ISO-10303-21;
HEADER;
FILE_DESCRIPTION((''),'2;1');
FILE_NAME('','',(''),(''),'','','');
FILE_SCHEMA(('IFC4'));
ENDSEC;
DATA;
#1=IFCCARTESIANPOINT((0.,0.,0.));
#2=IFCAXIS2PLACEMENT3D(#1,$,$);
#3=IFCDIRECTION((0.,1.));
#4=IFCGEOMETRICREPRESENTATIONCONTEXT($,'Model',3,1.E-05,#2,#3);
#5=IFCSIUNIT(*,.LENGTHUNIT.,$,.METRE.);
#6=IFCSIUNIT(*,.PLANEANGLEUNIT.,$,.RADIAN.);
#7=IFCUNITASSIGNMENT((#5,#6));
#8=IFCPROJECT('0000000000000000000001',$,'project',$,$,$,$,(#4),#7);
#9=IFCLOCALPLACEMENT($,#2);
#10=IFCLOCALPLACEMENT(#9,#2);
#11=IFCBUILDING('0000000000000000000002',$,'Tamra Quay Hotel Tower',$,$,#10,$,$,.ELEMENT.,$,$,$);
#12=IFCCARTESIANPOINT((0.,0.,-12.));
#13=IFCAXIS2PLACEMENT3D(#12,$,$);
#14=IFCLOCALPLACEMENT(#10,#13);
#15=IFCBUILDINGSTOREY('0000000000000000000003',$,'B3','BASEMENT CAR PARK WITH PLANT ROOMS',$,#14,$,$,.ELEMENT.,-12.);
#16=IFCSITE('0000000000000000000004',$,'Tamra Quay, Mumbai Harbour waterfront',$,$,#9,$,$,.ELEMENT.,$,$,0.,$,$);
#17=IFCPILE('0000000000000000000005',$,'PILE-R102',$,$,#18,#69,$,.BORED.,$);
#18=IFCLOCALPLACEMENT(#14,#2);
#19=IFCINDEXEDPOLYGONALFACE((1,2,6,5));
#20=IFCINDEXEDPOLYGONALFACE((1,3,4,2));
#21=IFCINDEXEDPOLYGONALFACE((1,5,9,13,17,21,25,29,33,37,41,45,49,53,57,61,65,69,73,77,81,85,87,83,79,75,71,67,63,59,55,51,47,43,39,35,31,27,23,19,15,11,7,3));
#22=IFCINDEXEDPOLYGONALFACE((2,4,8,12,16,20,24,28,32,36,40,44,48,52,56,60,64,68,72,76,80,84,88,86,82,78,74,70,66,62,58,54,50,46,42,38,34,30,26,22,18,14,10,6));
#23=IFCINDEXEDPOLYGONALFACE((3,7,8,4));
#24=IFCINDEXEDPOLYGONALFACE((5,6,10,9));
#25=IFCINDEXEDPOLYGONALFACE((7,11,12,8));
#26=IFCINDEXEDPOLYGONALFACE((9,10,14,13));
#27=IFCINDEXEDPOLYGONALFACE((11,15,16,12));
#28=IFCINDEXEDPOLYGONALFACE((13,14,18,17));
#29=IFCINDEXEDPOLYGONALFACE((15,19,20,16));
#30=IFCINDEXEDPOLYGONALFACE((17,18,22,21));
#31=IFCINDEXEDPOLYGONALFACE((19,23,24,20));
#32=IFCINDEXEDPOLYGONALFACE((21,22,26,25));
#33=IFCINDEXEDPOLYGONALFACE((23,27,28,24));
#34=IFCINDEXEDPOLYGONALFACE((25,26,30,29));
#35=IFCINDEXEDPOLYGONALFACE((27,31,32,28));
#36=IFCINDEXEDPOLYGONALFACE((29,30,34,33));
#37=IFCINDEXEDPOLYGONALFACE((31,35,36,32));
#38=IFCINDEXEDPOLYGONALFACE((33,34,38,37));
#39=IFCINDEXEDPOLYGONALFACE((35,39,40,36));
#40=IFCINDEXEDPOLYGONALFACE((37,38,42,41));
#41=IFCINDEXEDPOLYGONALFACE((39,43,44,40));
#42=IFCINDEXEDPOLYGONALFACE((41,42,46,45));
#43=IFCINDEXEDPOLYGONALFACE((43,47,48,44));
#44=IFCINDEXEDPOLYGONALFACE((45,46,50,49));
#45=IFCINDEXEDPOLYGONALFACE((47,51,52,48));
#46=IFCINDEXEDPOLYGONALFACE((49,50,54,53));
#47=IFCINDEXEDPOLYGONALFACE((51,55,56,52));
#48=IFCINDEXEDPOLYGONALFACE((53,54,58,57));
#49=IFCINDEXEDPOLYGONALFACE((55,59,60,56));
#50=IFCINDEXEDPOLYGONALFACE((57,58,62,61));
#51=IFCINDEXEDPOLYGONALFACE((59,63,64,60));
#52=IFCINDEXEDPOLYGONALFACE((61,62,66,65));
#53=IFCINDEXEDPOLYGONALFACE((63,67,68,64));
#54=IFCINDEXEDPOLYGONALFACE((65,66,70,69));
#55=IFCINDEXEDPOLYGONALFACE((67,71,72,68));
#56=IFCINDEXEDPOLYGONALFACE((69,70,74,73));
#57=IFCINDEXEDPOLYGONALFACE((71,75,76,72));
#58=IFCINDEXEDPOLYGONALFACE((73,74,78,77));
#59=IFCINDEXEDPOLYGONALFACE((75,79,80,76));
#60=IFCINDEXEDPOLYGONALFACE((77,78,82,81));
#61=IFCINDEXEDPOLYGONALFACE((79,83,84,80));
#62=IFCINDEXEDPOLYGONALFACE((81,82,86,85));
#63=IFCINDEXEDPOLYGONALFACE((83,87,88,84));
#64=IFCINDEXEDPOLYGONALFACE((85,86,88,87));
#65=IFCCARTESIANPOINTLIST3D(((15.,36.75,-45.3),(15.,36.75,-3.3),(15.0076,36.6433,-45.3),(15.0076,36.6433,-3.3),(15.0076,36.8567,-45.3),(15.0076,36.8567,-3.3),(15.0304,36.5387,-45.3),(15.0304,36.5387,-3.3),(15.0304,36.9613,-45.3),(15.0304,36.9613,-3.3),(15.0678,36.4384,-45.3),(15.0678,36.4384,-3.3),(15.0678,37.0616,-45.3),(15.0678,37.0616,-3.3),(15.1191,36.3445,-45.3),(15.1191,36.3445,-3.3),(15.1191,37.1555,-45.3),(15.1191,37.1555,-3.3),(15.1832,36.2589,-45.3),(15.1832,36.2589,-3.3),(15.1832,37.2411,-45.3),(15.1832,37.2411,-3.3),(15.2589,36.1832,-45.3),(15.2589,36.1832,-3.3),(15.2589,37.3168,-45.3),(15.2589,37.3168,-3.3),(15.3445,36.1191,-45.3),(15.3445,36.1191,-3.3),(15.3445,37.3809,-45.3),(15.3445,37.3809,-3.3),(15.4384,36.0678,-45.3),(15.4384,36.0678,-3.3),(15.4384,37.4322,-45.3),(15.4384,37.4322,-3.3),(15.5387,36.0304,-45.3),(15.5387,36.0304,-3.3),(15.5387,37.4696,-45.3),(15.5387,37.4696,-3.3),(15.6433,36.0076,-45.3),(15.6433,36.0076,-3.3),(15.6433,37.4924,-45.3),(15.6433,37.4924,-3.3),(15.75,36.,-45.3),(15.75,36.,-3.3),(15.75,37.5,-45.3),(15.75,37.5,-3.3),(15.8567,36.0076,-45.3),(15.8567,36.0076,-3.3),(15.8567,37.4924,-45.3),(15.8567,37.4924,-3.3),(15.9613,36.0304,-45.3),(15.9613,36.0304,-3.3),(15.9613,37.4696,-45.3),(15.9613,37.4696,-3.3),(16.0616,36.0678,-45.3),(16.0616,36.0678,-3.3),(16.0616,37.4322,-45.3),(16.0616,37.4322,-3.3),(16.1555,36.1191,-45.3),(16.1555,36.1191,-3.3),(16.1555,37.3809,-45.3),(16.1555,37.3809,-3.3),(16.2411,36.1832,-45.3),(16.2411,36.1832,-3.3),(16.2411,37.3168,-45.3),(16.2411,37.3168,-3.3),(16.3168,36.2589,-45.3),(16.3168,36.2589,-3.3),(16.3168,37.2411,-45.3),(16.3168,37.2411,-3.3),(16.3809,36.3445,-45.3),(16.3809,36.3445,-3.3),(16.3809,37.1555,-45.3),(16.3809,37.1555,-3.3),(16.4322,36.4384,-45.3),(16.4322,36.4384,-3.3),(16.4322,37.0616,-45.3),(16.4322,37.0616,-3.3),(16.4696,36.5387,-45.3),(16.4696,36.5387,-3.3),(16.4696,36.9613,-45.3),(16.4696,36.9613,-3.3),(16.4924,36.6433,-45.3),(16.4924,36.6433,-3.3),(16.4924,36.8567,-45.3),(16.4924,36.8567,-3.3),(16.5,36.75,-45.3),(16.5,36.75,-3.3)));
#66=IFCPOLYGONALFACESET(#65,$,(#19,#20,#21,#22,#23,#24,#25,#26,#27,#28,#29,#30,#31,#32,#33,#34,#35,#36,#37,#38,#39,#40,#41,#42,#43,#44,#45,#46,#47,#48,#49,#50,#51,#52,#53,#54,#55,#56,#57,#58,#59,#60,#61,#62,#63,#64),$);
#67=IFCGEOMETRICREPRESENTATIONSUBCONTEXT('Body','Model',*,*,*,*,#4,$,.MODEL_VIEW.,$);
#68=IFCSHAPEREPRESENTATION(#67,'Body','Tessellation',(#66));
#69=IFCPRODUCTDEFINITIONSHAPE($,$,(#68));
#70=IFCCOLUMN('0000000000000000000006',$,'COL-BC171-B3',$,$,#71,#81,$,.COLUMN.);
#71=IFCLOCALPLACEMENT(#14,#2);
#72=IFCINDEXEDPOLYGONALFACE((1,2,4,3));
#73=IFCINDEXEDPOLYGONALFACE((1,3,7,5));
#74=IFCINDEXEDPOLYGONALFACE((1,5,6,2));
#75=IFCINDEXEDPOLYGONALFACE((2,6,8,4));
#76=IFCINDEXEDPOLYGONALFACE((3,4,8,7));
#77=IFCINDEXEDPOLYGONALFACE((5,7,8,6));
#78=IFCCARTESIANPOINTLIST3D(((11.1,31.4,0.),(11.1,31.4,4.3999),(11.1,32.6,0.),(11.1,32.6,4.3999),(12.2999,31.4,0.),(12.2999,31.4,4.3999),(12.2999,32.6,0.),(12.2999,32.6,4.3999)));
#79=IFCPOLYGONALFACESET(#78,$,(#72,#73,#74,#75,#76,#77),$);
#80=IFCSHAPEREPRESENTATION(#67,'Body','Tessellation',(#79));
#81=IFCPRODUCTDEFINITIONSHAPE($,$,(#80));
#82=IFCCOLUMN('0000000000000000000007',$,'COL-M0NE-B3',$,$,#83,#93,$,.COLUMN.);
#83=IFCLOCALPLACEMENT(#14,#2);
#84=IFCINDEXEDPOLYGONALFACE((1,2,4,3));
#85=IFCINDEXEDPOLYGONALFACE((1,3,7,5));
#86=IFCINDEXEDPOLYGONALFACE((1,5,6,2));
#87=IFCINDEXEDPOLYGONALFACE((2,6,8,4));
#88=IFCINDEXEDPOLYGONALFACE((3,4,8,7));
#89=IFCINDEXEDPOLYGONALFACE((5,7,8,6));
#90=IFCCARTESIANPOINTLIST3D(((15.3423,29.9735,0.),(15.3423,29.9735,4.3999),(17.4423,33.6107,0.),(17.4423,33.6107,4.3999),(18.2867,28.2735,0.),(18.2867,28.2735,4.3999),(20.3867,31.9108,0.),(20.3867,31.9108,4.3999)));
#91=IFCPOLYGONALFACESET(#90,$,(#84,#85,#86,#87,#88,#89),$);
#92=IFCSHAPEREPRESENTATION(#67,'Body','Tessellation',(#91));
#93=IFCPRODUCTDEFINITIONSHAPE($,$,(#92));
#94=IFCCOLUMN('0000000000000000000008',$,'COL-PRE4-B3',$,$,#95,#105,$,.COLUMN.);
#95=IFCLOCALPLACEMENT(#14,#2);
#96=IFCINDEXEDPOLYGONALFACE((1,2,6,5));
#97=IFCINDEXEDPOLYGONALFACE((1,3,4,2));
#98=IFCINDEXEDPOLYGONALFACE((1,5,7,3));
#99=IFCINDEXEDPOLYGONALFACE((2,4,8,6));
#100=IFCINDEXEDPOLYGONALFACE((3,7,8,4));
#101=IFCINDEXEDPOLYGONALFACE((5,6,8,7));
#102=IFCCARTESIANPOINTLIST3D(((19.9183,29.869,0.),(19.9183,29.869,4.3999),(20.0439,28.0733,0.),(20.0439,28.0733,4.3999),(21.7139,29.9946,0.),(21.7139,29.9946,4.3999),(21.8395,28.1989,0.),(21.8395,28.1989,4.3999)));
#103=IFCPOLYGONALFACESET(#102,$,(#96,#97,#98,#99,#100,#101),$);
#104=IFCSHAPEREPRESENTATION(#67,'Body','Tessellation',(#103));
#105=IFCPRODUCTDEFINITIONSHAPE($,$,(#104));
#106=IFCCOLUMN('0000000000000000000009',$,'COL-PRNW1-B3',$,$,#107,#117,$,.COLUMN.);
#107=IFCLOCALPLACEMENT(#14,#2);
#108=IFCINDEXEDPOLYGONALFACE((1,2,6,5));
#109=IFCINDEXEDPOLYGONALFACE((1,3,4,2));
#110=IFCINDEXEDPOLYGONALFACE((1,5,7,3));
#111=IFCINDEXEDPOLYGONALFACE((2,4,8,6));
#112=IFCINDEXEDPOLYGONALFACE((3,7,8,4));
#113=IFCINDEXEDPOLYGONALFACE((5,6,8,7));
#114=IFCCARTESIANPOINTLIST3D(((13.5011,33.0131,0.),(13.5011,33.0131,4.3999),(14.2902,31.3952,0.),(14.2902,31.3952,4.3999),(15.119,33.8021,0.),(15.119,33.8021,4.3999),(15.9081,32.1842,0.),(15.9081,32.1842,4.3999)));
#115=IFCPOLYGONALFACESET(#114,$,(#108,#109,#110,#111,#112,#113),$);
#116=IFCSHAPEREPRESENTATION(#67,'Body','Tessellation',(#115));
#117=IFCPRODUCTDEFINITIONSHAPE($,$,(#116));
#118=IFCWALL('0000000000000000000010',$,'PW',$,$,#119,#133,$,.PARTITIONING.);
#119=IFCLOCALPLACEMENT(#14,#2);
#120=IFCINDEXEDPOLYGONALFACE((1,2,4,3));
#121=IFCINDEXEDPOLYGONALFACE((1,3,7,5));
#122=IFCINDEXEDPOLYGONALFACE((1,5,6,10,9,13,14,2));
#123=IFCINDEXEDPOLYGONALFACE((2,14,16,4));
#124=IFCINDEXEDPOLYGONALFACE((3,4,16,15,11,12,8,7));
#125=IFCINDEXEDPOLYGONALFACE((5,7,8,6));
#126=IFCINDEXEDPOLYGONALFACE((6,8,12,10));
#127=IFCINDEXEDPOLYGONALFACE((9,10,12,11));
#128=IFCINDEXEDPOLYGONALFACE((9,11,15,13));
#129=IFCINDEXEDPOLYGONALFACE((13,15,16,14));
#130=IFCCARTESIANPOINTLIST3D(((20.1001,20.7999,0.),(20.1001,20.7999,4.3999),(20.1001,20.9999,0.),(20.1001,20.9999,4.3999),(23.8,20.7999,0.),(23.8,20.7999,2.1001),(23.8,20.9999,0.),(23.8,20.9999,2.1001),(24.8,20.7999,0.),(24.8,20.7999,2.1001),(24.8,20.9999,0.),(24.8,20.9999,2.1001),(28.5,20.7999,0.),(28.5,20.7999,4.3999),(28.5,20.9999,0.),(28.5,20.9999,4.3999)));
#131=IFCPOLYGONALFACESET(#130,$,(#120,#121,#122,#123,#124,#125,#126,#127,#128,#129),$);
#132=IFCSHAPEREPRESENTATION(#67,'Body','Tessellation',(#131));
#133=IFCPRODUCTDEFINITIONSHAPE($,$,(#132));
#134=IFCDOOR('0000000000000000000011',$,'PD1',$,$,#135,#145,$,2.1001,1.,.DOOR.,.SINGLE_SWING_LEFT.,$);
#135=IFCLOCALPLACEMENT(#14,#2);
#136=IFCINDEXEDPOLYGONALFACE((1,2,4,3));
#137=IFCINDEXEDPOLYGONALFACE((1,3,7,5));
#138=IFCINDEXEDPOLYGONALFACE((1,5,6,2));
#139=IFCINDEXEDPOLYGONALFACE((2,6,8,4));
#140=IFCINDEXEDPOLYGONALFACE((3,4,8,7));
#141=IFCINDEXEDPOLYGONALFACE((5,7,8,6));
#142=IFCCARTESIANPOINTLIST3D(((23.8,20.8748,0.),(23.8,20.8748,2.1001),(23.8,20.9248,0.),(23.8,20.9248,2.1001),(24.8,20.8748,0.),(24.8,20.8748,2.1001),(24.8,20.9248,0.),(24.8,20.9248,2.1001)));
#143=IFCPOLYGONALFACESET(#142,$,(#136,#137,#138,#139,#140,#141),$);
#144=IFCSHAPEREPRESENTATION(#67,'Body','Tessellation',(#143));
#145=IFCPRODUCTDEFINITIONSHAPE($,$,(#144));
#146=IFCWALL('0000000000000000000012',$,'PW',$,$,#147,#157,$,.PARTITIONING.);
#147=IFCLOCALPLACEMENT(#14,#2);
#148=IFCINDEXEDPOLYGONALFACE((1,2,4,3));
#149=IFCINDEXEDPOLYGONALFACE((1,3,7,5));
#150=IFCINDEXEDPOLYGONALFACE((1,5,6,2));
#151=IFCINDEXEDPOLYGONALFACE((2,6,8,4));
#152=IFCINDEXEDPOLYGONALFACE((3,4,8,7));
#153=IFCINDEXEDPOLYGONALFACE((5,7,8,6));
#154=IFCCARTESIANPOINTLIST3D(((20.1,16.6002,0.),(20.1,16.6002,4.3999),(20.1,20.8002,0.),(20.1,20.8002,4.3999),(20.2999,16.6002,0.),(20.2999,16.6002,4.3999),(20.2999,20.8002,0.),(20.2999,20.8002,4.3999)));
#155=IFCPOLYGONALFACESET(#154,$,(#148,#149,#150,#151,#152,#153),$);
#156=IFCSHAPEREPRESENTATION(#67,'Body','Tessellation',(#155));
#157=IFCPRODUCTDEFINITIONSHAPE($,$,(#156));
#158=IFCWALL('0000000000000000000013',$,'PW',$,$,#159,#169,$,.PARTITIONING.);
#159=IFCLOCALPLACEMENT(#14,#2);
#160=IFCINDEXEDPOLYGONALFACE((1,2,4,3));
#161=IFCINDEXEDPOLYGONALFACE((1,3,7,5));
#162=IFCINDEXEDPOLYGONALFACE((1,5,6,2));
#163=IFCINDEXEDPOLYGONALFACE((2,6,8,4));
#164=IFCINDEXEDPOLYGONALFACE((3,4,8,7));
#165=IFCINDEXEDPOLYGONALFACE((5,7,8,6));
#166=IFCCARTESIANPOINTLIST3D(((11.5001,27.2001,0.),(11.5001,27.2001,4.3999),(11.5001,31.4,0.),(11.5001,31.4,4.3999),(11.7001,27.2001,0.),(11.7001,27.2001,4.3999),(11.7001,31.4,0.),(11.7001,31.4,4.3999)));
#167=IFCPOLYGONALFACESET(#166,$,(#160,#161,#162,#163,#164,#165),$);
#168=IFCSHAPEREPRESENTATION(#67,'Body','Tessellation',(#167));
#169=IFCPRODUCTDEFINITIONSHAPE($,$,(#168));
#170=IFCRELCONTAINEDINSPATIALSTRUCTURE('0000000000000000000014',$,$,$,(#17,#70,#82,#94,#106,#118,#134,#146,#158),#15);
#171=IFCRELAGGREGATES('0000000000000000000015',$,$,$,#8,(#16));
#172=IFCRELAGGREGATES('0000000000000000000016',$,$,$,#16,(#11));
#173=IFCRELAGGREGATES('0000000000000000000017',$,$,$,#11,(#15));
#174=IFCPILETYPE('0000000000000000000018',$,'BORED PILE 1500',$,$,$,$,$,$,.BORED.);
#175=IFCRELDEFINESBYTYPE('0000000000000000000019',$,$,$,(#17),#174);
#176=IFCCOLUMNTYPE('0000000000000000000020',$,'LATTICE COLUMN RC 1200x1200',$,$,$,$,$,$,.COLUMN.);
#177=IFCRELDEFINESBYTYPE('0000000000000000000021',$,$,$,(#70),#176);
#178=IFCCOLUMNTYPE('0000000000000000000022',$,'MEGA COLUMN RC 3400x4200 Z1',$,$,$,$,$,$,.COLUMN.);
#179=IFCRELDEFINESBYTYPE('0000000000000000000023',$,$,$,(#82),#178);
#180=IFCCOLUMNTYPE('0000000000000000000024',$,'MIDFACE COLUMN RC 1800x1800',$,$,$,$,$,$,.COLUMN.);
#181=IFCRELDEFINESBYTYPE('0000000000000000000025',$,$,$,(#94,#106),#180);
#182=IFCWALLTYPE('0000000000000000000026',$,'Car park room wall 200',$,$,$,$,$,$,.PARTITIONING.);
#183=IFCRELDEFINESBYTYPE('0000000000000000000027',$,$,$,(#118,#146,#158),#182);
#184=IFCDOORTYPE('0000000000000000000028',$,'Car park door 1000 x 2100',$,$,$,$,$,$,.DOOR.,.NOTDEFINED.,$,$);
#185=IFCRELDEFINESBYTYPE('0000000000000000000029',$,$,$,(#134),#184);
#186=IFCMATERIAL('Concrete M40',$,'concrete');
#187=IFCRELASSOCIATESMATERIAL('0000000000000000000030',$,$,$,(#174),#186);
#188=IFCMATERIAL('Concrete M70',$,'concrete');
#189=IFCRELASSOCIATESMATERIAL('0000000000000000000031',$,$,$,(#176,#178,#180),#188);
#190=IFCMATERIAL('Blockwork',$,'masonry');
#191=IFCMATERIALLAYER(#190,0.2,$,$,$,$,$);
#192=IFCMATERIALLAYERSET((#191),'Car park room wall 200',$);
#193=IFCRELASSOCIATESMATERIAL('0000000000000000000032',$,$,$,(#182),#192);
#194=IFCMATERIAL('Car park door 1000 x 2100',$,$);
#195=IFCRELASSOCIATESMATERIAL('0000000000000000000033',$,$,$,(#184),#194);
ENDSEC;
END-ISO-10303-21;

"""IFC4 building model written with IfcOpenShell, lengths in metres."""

from ifc_helpers import new_model, si_unit, direction, frame, frame_2d, origin, origin_2d, place, context, subcontext, project, spatial, rectangle, circle, extrude, material, layer, layer_set, material_profile, profile_set, type_object, element, fill, save


model = new_model("IFC4")

# Units and contexts
model_context = context("Model", 3, precision=1e-05, world=origin(), true_north=direction((0.0, 1.0)))
body_context = subcontext(model_context, "Body", "Model", "MODEL_VIEW")
ifc_project = project(units=[si_unit("LENGTHUNIT", "METRE"), si_unit("PLANEANGLEUNIT", "RADIAN")], contexts=[model_context])

# Site, building, storey
site_placement = place(None, origin())
site = spatial("IfcSite", under=ifc_project, at=site_placement, Name="Tamra Quay, Mumbai Harbour waterfront", CompositionType="ELEMENT", RefElevation=0.0)
building_placement = place(site_placement, origin())
building = spatial("IfcBuilding", under=site, at=building_placement, Name="Tamra Quay Hotel Tower", CompositionType="ELEMENT")
storey_placement = place(building_placement, frame((0.0, 0.0, -12.0)))
storey = spatial("IfcBuildingStorey", under=building, at=storey_placement, Name="B3", Description="BASEMENT CAR PARK WITH PLANT ROOMS", CompositionType="ELEMENT", Elevation=-12.0)

# Pile
ifc_material_1 = material(Name="Concrete M40", Category="concrete")
ifc_material_profile_1 = material_profile(ifc_material_1, circle(Radius=0.75, at=origin_2d()), Name="BORED PILE 1500")
ifc_profile_set_1 = profile_set([ifc_material_profile_1], Name="Concrete M40")
pile_type = type_object("IfcPileType", Name="BORED PILE 1500", PredefinedType="BORED", material=ifc_profile_set_1)
for number, where, z_axis, x_axis, name in (
    (1, (15.75, 36.75, -3.3), (0.0, 0.0, -1.0), (1.0, 0.0, 0.0), "PILE-R102"),
):
    element("IfcPile", number, at=place(storey_placement, frame(where, z_axis=z_axis, x_axis=x_axis)), inside=storey, type_object=pile_type, Name=name, PredefinedType="BORED", context=body_context, shape_type="SweptSolid", body=[
        extrude(circle(Radius=0.75, at=origin_2d()), origin(), (0.0, 0.0, 1.0), 42.0),
    ])

# Columns
ifc_material_2 = material(Name="Concrete M70", Category="concrete")
ifc_material_profile_2 = material_profile(ifc_material_2, rectangle(XDim=1.2, YDim=1.2, at=origin_2d()), Name="LATTICE COLUMN RC 1200x1200")
ifc_profile_set_2 = profile_set([ifc_material_profile_2], Name="Concrete M70")
column_type_1 = type_object("IfcColumnType", Name="LATTICE COLUMN RC 1200x1200", PredefinedType="COLUMN", material=ifc_profile_set_2)
column_1_placement = place(storey_placement, frame((11.7, 32.0, 0.0), z_axis=(0.0, 0.0, 1.0), x_axis=(1.0, 0.0, 0.0)))
element("IfcColumn", 2, at=column_1_placement, inside=storey, type_object=column_type_1, Name="COL-BC171-B3", PredefinedType="COLUMN", context=body_context, shape_type="SweptSolid", body=[
    extrude(rectangle(XDim=1.2, YDim=1.2, at=origin_2d()), origin(), (0.0, 0.0, 1.0), 4.3999),
])
ifc_material_profile_3 = material_profile(ifc_material_2, rectangle(XDim=4.2, YDim=3.3999, at=origin_2d()), Name="MEGA COLUMN RC 3400x4200 Z1")
ifc_profile_set_3 = profile_set([ifc_material_profile_3], Name="Concrete M70")
column_type_2 = type_object("IfcColumnType", Name="MEGA COLUMN RC 3400x4200 Z1", PredefinedType="COLUMN", material=ifc_profile_set_3)
column_2_placement = place(storey_placement, frame((17.8645, 30.9421, 0.0), z_axis=(0.0, 0.0, 1.0), x_axis=(0.5, 0.866025, 0.0)))
element("IfcColumn", 3, at=column_2_placement, inside=storey, type_object=column_type_2, Name="COL-M0NE-B3", PredefinedType="COLUMN", context=body_context, shape_type="SweptSolid", body=[
    extrude(rectangle(XDim=4.2, YDim=3.3999, at=origin_2d()), origin(), (0.0, 0.0, 1.0), 4.3999),
])
ifc_material_profile_4 = material_profile(ifc_material_2, rectangle(XDim=1.8, YDim=1.8, at=origin_2d()), Name="MIDFACE COLUMN RC 1800x1800")
ifc_profile_set_4 = profile_set([ifc_material_profile_4], Name="Concrete M70")
column_type_3 = type_object("IfcColumnType", Name="MIDFACE COLUMN RC 1800x1800", PredefinedType="COLUMN", material=ifc_profile_set_4)
for number, where, z_axis, x_axis, name in (
    (4, (20.8789, 29.0339, 0.0), (0.0, 0.0, 1.0), (0.997562, 0.06979, 0.0), "COL-PRE4-B3"),
    (5, (14.7046, 32.5986, 0.0), (0.0, 0.0, 1.0), (-0.438341, 0.898809, 0.0), "COL-PRNW1-B3"),
):
    element("IfcColumn", number, at=place(storey_placement, frame(where, z_axis=z_axis, x_axis=x_axis)), inside=storey, type_object=column_type_3, Name=name, PredefinedType="COLUMN", context=body_context, shape_type="SweptSolid", body=[
        extrude(rectangle(XDim=1.8, YDim=1.8, at=origin_2d()), origin(), (0.0, 0.0, 1.0), 4.3999),
    ])

# Wall, opening, door
ifc_material_3 = material(Name="Blockwork", Category="masonry")
ifc_layer_1 = layer(ifc_material_3, 0.2)
ifc_layer_set_1 = layer_set([ifc_layer_1], Name="Car park room wall 200")
wall_type_1 = type_object("IfcWallType", Name="Car park room wall 200", PredefinedType="PARTITIONING", material=ifc_layer_set_1)
wall_1_placement = place(storey_placement, frame((20.1001, 20.8999, 0.0), z_axis=(0.0, 0.0, 1.0), x_axis=(1.0, 0.0, 0.0)))
wall_1 = element("IfcWall", 6, at=wall_1_placement, inside=storey, type_object=wall_type_1, Name="PW", PredefinedType="PARTITIONING", context=body_context, shape_type="SweptSolid", body=[
    extrude(rectangle(XDim=8.3999, YDim=0.2, at=frame_2d((4.2, 0.0))), origin(), (0.0, 0.0, 1.0), 4.3999),
])
opening_1_placement = place(wall_1_placement, frame((3.7, 0.0, 0.0)))
opening_1 = element("IfcOpeningElement", 7, at=opening_1_placement, cuts=wall_1, PredefinedType="OPENING", context=body_context, shape_type="SweptSolid", body=[
    extrude(rectangle(XDim=1.0, YDim=2.1001, at=frame_2d((0.5, 1.05))), frame((0.0, 0.1099, 0.0), z_axis=(0.0, -1.0, 0.0), x_axis=(1.0, 0.0, 0.0)), (0.0, 0.0, 1.0), 0.22),
])
ifc_material_4 = material(Name="Car park door 1000 x 2100")
door_type_1 = type_object("IfcDoorType", Name="Car park door 1000 x 2100", OperationType="NOTDEFINED", PredefinedType="DOOR", material=ifc_material_4)
door_1_placement = place(opening_1_placement, origin())
door_1 = element("IfcDoor", 8, at=door_1_placement, inside=storey, type_object=door_type_1, Name="PD1", OperationType="SINGLE_SWING_LEFT", OverallHeight=2.1001, OverallWidth=1.0, PredefinedType="DOOR", context=body_context, shape_type="SweptSolid", body=[
    extrude(rectangle(XDim=1.0, YDim=2.1001, at=frame_2d((0.5, 1.05))), frame((0.0, 0.0249, 0.0), z_axis=(0.0, -1.0, 0.0), x_axis=(1.0, 0.0, 0.0)), (0.0, 0.0, 1.0), 0.05),
])
fill(opening_1, door_1)

# Walls
for number, where, z_axis, x_axis, name in (
    (9, (20.2, 16.6001, 0.0), (0.0, 0.0, 1.0), (0.0, 1.0, 0.0), "PW"),
    (10, (11.6001, 27.2, 0.0), (0.0, 0.0, 1.0), (0.0, 1.0, 0.0), "PW"),
):
    element("IfcWall", number, at=place(storey_placement, frame(where, z_axis=z_axis, x_axis=x_axis)), inside=storey, type_object=wall_type_1, Name=name, PredefinedType="PARTITIONING", context=body_context, shape_type="SweptSolid", body=[
        extrude(rectangle(XDim=4.2, YDim=0.2, at=frame_2d((2.1001, 0.0))), origin(), (0.0, 0.0, 1.0), 4.3999),
    ])

save(model, "model.ifc")
